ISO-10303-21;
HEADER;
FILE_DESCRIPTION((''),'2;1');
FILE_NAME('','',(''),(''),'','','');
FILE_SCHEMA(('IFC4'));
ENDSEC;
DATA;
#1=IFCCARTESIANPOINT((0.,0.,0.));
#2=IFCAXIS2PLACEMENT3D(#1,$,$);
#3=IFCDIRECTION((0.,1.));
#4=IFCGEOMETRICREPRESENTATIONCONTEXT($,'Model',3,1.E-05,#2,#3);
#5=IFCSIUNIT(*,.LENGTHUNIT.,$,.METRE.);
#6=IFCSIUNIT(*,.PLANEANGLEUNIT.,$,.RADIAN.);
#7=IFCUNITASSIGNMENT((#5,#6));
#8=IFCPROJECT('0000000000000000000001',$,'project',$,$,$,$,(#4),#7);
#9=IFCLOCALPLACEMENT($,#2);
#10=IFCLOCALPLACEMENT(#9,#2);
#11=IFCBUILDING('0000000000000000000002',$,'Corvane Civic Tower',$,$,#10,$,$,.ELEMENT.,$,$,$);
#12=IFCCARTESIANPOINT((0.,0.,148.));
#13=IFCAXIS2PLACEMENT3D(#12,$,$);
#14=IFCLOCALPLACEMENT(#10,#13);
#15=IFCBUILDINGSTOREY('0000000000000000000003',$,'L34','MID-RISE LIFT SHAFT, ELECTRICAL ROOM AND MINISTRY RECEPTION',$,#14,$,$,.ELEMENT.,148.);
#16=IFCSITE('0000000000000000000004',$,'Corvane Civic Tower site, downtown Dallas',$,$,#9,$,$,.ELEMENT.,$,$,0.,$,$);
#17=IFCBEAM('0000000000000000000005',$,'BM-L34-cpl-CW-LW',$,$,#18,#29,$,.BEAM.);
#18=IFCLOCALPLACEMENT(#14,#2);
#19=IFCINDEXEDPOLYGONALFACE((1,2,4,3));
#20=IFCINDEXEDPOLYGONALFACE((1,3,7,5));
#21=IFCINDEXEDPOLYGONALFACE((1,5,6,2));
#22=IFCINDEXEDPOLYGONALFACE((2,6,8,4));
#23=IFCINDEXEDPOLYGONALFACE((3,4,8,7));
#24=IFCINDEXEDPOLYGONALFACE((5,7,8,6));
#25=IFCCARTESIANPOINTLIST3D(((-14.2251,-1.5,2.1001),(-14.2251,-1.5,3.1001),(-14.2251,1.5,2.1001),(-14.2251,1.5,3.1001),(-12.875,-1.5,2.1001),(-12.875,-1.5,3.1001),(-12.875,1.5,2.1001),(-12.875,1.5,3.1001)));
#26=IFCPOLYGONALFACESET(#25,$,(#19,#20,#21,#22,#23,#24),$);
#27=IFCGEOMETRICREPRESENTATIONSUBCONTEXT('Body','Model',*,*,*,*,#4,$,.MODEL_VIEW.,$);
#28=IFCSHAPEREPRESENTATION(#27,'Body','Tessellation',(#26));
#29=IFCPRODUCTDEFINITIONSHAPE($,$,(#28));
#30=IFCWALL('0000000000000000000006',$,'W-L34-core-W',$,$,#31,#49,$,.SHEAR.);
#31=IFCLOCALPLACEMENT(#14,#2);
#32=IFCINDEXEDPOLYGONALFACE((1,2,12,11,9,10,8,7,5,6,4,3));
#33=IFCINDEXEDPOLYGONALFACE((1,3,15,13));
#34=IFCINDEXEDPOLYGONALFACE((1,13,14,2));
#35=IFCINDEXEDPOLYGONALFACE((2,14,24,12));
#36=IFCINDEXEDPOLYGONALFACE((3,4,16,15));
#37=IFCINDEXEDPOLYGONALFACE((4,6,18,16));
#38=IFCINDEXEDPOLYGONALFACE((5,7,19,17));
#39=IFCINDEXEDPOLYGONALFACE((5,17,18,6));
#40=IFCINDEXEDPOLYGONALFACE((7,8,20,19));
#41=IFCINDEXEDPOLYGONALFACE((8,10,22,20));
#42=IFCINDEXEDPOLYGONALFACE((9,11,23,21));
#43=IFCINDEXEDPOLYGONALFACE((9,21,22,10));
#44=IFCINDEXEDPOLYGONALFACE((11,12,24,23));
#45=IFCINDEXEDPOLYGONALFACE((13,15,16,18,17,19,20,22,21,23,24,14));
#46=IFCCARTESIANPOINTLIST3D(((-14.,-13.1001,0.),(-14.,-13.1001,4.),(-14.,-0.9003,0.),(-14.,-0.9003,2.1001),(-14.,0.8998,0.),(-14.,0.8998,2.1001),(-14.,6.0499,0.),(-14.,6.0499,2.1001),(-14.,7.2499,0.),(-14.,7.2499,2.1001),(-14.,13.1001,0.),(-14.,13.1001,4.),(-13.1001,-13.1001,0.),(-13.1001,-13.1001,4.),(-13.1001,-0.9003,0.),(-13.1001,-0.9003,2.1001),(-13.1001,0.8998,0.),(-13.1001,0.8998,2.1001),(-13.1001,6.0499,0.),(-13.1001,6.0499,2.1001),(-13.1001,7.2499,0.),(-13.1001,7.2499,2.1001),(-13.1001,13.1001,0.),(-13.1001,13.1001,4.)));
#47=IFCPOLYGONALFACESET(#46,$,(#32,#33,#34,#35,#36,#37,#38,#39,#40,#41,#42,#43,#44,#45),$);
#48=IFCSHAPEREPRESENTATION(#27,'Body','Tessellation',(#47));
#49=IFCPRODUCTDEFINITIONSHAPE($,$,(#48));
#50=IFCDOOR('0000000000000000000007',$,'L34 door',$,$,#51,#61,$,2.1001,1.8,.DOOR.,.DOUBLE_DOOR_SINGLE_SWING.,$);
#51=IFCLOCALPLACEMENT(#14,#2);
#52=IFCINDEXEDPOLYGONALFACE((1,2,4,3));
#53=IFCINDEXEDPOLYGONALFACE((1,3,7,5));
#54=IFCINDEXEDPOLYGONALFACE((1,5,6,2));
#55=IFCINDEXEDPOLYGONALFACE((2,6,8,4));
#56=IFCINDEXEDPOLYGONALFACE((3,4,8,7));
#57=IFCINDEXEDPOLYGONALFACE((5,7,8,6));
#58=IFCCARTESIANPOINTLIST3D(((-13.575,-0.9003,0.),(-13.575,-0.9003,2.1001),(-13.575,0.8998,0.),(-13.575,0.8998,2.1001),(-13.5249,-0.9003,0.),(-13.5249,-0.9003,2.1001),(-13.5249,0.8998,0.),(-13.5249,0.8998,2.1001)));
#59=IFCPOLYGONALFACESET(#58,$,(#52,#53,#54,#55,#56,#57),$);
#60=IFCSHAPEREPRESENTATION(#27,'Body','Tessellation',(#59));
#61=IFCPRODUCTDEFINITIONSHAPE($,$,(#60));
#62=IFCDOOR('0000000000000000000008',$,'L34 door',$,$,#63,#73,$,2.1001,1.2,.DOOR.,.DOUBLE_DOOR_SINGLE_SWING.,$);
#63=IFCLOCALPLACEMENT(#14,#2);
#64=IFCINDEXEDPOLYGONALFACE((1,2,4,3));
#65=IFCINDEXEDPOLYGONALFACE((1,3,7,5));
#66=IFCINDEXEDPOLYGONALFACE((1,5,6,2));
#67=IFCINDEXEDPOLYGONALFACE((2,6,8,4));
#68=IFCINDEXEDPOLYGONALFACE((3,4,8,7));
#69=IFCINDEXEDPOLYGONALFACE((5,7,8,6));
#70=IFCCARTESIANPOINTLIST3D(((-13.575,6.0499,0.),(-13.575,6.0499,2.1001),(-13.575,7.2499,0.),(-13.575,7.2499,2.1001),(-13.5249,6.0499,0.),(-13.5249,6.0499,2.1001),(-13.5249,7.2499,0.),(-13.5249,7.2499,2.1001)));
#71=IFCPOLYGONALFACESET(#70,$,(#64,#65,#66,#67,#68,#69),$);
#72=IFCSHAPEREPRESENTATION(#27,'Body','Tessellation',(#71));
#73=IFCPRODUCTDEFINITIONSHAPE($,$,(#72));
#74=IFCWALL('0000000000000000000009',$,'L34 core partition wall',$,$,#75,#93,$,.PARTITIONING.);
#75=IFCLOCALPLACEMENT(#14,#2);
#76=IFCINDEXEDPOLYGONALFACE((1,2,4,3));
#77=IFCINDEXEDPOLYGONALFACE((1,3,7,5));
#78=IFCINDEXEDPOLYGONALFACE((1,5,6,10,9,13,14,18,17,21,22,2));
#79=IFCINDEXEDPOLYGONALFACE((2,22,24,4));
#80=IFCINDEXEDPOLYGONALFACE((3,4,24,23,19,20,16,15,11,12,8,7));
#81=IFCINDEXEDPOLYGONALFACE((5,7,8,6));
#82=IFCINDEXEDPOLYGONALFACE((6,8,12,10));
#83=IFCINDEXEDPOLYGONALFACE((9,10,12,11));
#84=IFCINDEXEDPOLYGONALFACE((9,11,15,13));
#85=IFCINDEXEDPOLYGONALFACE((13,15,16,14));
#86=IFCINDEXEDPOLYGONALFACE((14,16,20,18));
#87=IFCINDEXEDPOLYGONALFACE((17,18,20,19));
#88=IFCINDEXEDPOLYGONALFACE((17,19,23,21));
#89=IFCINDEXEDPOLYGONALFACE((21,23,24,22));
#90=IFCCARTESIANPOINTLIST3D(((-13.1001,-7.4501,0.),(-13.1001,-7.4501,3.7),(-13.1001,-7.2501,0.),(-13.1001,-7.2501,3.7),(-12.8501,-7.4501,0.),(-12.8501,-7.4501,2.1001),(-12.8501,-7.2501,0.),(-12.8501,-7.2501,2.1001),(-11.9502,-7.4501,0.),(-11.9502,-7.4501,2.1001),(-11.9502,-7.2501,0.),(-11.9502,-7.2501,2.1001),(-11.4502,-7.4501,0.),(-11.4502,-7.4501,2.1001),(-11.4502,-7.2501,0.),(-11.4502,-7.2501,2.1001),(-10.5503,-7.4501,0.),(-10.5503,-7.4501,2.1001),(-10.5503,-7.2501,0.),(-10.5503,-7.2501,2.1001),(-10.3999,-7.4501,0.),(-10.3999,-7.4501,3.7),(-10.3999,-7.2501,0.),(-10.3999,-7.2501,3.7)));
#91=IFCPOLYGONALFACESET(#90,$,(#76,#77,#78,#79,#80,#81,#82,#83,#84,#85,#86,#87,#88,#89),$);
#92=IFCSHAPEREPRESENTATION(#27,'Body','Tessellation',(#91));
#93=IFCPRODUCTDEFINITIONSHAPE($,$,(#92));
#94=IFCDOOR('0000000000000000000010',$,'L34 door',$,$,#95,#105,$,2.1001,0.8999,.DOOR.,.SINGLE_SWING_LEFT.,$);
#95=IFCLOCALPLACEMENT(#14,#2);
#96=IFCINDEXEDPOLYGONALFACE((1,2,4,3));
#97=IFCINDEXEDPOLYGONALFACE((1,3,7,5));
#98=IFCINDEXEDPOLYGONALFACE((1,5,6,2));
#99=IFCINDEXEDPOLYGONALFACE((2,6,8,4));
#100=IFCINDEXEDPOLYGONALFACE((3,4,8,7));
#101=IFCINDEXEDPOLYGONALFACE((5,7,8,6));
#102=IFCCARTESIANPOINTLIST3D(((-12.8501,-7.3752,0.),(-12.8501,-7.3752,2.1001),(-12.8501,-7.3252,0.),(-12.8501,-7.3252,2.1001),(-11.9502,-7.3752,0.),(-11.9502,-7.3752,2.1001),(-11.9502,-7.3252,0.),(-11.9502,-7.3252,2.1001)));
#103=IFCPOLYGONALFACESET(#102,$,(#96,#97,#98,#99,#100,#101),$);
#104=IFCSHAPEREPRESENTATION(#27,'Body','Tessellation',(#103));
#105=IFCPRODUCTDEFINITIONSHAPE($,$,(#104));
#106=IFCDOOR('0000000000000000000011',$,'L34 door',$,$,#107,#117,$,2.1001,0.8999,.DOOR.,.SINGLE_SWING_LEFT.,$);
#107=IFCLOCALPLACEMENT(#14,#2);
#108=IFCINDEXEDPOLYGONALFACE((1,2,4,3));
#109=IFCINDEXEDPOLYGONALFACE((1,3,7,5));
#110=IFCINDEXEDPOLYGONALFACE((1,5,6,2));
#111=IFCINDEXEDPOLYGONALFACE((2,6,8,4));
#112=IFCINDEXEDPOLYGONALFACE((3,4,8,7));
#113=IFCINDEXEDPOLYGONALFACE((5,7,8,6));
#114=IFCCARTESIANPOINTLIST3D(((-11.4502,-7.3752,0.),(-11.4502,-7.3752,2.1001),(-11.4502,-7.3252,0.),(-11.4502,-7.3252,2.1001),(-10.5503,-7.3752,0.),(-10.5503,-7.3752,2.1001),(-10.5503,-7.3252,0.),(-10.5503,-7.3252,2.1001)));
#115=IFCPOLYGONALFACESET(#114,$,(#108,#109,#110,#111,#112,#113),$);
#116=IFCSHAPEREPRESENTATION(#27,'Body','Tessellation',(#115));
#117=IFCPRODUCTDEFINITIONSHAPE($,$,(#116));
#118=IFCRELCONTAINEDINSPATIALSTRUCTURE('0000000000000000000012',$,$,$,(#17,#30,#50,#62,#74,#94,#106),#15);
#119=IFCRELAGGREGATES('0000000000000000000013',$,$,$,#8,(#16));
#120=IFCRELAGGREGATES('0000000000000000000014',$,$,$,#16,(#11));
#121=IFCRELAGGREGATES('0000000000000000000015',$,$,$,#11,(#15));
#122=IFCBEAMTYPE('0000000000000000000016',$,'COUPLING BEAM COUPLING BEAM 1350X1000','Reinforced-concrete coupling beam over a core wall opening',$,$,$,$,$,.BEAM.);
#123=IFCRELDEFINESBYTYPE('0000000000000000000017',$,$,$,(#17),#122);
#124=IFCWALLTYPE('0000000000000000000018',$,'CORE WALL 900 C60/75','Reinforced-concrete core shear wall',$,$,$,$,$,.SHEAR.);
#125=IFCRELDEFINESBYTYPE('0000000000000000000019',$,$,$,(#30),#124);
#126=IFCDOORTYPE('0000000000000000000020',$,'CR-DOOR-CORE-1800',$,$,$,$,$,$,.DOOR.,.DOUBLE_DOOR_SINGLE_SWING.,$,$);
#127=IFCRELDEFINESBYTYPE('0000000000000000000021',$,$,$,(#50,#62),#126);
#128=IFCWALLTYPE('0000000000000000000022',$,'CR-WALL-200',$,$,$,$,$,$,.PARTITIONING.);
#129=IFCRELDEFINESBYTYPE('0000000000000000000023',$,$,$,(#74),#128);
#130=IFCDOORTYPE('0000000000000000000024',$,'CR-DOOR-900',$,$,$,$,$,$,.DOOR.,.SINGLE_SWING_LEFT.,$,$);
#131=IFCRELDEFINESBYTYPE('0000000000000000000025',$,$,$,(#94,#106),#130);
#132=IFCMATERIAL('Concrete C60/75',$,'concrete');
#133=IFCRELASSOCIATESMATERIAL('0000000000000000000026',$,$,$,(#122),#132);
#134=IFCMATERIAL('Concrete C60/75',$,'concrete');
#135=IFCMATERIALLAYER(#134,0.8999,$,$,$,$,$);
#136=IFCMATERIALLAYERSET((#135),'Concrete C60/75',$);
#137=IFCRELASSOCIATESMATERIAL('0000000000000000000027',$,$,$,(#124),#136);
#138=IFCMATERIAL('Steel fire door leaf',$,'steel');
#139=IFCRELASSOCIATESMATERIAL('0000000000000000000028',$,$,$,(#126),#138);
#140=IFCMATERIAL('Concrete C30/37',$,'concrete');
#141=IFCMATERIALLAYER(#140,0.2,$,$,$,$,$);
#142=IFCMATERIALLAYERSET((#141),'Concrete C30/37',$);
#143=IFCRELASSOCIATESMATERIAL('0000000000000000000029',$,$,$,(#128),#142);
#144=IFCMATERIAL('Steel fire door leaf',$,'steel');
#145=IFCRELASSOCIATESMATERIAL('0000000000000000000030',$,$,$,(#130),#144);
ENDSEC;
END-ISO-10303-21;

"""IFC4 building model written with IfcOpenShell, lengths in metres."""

from ifc_helpers import new_model, si_unit, direction, frame, frame_2d, origin, origin_2d, place, context, subcontext, project, spatial, rectangle, extrude, material, layer, layer_set, material_profile, profile_set, type_object, element, fill, save


model = new_model("IFC4")

# Units and contexts
model_context = context("Model", 3, precision=1e-05, world=origin(), true_north=direction((0.0, 1.0)))
body_context = subcontext(model_context, "Body", "Model", "MODEL_VIEW")
ifc_project = project(units=[si_unit("LENGTHUNIT", "METRE"), si_unit("PLANEANGLEUNIT", "RADIAN")], contexts=[model_context])

# Site, building, storey
site_placement = place(None, origin())
site = spatial("IfcSite", under=ifc_project, at=site_placement, Name="Corvane Civic Tower site, downtown Dallas", CompositionType="ELEMENT", RefElevation=0.0)
building_placement = place(site_placement, origin())
building = spatial("IfcBuilding", under=site, at=building_placement, Name="Corvane Civic Tower", CompositionType="ELEMENT")
storey_placement = place(building_placement, frame((0.0, 0.0, 148.0)))
storey = spatial("IfcBuildingStorey", under=building, at=storey_placement, Name="L34", Description="MID-RISE LIFT SHAFT, ELECTRICAL ROOM AND MINISTRY RECEPTION", CompositionType="ELEMENT", Elevation=148.0)

# Beam
ifc_material_1 = material(Name="Concrete C60/75", Category="concrete")
ifc_material_profile = material_profile(ifc_material_1, rectangle(XDim=1.3501, YDim=1.0, at=origin_2d()), Name="COUPLING BEAM 1350X1000")
ifc_profile_set = profile_set([ifc_material_profile], Name="Concrete C60/75")
beam_type = type_object("IfcBeamType", Name="COUPLING BEAM COUPLING BEAM 1350X1000", Description="Reinforced-concrete coupling beam over a core wall opening", PredefinedType="BEAM", material=ifc_profile_set)
beam_placement = place(storey_placement, frame((-13.55, -1.5, 2.6001), z_axis=(0.0, 1.0, 0.0), x_axis=(-1.0, 0.0, 0.0)))
element("IfcBeam", 1, at=beam_placement, inside=storey, type_object=beam_type, Name="BM-L34-cpl-CW-LW", PredefinedType="BEAM", context=body_context, shape_type="SweptSolid", body=[
    extrude(rectangle(XDim=1.3501, YDim=1.0, at=origin_2d()), origin(), (0.0, 0.0, 1.0), 3.0),
])

# Walls, openings, doors
ifc_material_2 = material(Name="Concrete C60/75", Category="concrete")
ifc_layer_1 = layer(ifc_material_2, 0.8999)
ifc_layer_set_1 = layer_set([ifc_layer_1], Name="Concrete C60/75")
wall_type_1 = type_object("IfcWallType", Name="CORE WALL 900 C60/75", Description="Reinforced-concrete core shear wall", PredefinedType="SHEAR", material=ifc_layer_set_1)
wall_1_placement = place(storey_placement, frame((-13.55, -13.1001, 0.0), z_axis=(0.0, 0.0, 1.0), x_axis=(0.0, 1.0, 0.0)))
wall_1 = element("IfcWall", 2, at=wall_1_placement, inside=storey, type_object=wall_type_1, Name="W-L34-core-W", PredefinedType="SHEAR", context=body_context, shape_type="SweptSolid", body=[
    extrude(rectangle(XDim=26.2002, YDim=0.8999, at=frame_2d((13.1001, 0.0))), origin(), (0.0, 0.0, 1.0), 4.0),
])
opening_1_placement = place(wall_1_placement, frame((12.2, 0.0, 0.0)))
opening_1 = element("IfcOpeningElement", 3, at=opening_1_placement, cuts=wall_1, PredefinedType="OPENING", context=body_context, shape_type="SweptSolid", body=[
    extrude(rectangle(XDim=1.8, YDim=2.1001, at=frame_2d((0.8999, 1.05))), frame((0.0, 0.46, 0.0), z_axis=(0.0, -1.0, 0.0), x_axis=(1.0, 0.0, 0.0)), (0.0, 0.0, 1.0), 0.9199),
])
opening_2_placement = place(wall_1_placement, frame((19.1499, 0.0, 0.0)))
opening_2 = element("IfcOpeningElement", 4, at=opening_2_placement, cuts=wall_1, PredefinedType="OPENING", context=body_context, shape_type="SweptSolid", body=[
    extrude(rectangle(XDim=1.2, YDim=2.1001, at=frame_2d((0.6001, 1.05))), frame((0.0, 0.46, 0.0), z_axis=(0.0, -1.0, 0.0), x_axis=(1.0, 0.0, 0.0)), (0.0, 0.0, 1.0), 0.9199),
])
ifc_material_3 = material(Name="Steel fire door leaf", Category="steel")
door_type_1 = type_object("IfcDoorType", Name="CR-DOOR-CORE-1800", OperationType="DOUBLE_DOOR_SINGLE_SWING", PredefinedType="DOOR", material=ifc_material_3)
door_1_placement = place(opening_1_placement, origin())
door_1 = element("IfcDoor", 5, at=door_1_placement, inside=storey, type_object=door_type_1, Name="L34 door", OperationType="DOUBLE_DOOR_SINGLE_SWING", OverallHeight=2.1001, OverallWidth=1.8, PredefinedType="DOOR", context=body_context, shape_type="SweptSolid", body=[
    extrude(rectangle(XDim=1.8, YDim=2.1001, at=frame_2d((0.8999, 1.05))), frame((0.0, 0.0249, 0.0), z_axis=(0.0, -1.0, 0.0), x_axis=(1.0, 0.0, 0.0)), (0.0, 0.0, 1.0), 0.05),
])
fill(opening_1, door_1)
door_2_placement = place(opening_2_placement, origin())
door_2 = element("IfcDoor", 6, at=door_2_placement, inside=storey, type_object=door_type_1, Name="L34 door", OperationType="DOUBLE_DOOR_SINGLE_SWING", OverallHeight=2.1001, OverallWidth=1.2, PredefinedType="DOOR", context=body_context, shape_type="SweptSolid", body=[
    extrude(rectangle(XDim=1.2, YDim=2.1001, at=frame_2d((0.6001, 1.05))), frame((0.0, 0.0249, 0.0), z_axis=(0.0, -1.0, 0.0), x_axis=(1.0, 0.0, 0.0)), (0.0, 0.0, 1.0), 0.05),
])
fill(opening_2, door_2)
ifc_material_4 = material(Name="Concrete C30/37", Category="concrete")
ifc_layer_2 = layer(ifc_material_4, 0.2)
ifc_layer_set_2 = layer_set([ifc_layer_2], Name="Concrete C30/37")
wall_type_2 = type_object("IfcWallType", Name="CR-WALL-200", PredefinedType="PARTITIONING", material=ifc_layer_set_2)
wall_2_placement = place(storey_placement, frame((-13.1001, -7.3501, 0.0), z_axis=(0.0, 0.0, 1.0), x_axis=(1.0, 0.0, 0.0)))
wall_2 = element("IfcWall", 7, at=wall_2_placement, inside=storey, type_object=wall_type_2, Name="L34 core partition wall", PredefinedType="PARTITIONING", context=body_context, shape_type="SweptSolid", body=[
    extrude(rectangle(XDim=2.7002, YDim=0.2, at=frame_2d((1.3501, 0.0))), origin(), (0.0, 0.0, 1.0), 3.7),
])
opening_3_placement = place(wall_2_placement, frame((0.25, 0.0, 0.0)))
opening_3 = element("IfcOpeningElement", 8, at=opening_3_placement, cuts=wall_2, PredefinedType="OPENING", context=body_context, shape_type="SweptSolid", body=[
    extrude(rectangle(XDim=0.8999, YDim=2.1001, at=frame_2d((0.45, 1.05))), frame((0.0, 0.1099, 0.0), z_axis=(0.0, -1.0, 0.0), x_axis=(1.0, 0.0, 0.0)), (0.0, 0.0, 1.0), 0.22),
])
opening_4_placement = place(wall_2_placement, frame((1.6499, 0.0, 0.0)))
opening_4 = element("IfcOpeningElement", 9, at=opening_4_placement, cuts=wall_2, PredefinedType="OPENING", context=body_context, shape_type="SweptSolid", body=[
    extrude(rectangle(XDim=0.8999, YDim=2.1001, at=frame_2d((0.45, 1.05))), frame((0.0, 0.1099, 0.0), z_axis=(0.0, -1.0, 0.0), x_axis=(1.0, 0.0, 0.0)), (0.0, 0.0, 1.0), 0.22),
])
ifc_material_5 = material(Name="Steel fire door leaf", Category="steel")
door_type_2 = type_object("IfcDoorType", Name="CR-DOOR-900", OperationType="SINGLE_SWING_LEFT", PredefinedType="DOOR", material=ifc_material_5)
door_3_placement = place(opening_3_placement, origin())
door_3 = element("IfcDoor", 10, at=door_3_placement, inside=storey, type_object=door_type_2, Name="L34 door", OperationType="SINGLE_SWING_LEFT", OverallHeight=2.1001, OverallWidth=0.8999, PredefinedType="DOOR", context=body_context, shape_type="SweptSolid", body=[
    extrude(rectangle(XDim=0.8999, YDim=2.1001, at=frame_2d((0.45, 1.05))), frame((0.0, 0.0249, 0.0), z_axis=(0.0, -1.0, 0.0), x_axis=(1.0, 0.0, 0.0)), (0.0, 0.0, 1.0), 0.05),
])
fill(opening_3, door_3)
door_4_placement = place(opening_4_placement, origin())
door_4 = element("IfcDoor", 11, at=door_4_placement, inside=storey, type_object=door_type_2, Name="L34 door", OperationType="SINGLE_SWING_LEFT", OverallHeight=2.1001, OverallWidth=0.8999, PredefinedType="DOOR", context=body_context, shape_type="SweptSolid", body=[
    extrude(rectangle(XDim=0.8999, YDim=2.1001, at=frame_2d((0.45, 1.05))), frame((0.0, 0.0249, 0.0), z_axis=(0.0, -1.0, 0.0), x_axis=(1.0, 0.0, 0.0)), (0.0, 0.0, 1.0), 0.05),
])
fill(opening_4, door_4)

save(model, "model.ifc")
